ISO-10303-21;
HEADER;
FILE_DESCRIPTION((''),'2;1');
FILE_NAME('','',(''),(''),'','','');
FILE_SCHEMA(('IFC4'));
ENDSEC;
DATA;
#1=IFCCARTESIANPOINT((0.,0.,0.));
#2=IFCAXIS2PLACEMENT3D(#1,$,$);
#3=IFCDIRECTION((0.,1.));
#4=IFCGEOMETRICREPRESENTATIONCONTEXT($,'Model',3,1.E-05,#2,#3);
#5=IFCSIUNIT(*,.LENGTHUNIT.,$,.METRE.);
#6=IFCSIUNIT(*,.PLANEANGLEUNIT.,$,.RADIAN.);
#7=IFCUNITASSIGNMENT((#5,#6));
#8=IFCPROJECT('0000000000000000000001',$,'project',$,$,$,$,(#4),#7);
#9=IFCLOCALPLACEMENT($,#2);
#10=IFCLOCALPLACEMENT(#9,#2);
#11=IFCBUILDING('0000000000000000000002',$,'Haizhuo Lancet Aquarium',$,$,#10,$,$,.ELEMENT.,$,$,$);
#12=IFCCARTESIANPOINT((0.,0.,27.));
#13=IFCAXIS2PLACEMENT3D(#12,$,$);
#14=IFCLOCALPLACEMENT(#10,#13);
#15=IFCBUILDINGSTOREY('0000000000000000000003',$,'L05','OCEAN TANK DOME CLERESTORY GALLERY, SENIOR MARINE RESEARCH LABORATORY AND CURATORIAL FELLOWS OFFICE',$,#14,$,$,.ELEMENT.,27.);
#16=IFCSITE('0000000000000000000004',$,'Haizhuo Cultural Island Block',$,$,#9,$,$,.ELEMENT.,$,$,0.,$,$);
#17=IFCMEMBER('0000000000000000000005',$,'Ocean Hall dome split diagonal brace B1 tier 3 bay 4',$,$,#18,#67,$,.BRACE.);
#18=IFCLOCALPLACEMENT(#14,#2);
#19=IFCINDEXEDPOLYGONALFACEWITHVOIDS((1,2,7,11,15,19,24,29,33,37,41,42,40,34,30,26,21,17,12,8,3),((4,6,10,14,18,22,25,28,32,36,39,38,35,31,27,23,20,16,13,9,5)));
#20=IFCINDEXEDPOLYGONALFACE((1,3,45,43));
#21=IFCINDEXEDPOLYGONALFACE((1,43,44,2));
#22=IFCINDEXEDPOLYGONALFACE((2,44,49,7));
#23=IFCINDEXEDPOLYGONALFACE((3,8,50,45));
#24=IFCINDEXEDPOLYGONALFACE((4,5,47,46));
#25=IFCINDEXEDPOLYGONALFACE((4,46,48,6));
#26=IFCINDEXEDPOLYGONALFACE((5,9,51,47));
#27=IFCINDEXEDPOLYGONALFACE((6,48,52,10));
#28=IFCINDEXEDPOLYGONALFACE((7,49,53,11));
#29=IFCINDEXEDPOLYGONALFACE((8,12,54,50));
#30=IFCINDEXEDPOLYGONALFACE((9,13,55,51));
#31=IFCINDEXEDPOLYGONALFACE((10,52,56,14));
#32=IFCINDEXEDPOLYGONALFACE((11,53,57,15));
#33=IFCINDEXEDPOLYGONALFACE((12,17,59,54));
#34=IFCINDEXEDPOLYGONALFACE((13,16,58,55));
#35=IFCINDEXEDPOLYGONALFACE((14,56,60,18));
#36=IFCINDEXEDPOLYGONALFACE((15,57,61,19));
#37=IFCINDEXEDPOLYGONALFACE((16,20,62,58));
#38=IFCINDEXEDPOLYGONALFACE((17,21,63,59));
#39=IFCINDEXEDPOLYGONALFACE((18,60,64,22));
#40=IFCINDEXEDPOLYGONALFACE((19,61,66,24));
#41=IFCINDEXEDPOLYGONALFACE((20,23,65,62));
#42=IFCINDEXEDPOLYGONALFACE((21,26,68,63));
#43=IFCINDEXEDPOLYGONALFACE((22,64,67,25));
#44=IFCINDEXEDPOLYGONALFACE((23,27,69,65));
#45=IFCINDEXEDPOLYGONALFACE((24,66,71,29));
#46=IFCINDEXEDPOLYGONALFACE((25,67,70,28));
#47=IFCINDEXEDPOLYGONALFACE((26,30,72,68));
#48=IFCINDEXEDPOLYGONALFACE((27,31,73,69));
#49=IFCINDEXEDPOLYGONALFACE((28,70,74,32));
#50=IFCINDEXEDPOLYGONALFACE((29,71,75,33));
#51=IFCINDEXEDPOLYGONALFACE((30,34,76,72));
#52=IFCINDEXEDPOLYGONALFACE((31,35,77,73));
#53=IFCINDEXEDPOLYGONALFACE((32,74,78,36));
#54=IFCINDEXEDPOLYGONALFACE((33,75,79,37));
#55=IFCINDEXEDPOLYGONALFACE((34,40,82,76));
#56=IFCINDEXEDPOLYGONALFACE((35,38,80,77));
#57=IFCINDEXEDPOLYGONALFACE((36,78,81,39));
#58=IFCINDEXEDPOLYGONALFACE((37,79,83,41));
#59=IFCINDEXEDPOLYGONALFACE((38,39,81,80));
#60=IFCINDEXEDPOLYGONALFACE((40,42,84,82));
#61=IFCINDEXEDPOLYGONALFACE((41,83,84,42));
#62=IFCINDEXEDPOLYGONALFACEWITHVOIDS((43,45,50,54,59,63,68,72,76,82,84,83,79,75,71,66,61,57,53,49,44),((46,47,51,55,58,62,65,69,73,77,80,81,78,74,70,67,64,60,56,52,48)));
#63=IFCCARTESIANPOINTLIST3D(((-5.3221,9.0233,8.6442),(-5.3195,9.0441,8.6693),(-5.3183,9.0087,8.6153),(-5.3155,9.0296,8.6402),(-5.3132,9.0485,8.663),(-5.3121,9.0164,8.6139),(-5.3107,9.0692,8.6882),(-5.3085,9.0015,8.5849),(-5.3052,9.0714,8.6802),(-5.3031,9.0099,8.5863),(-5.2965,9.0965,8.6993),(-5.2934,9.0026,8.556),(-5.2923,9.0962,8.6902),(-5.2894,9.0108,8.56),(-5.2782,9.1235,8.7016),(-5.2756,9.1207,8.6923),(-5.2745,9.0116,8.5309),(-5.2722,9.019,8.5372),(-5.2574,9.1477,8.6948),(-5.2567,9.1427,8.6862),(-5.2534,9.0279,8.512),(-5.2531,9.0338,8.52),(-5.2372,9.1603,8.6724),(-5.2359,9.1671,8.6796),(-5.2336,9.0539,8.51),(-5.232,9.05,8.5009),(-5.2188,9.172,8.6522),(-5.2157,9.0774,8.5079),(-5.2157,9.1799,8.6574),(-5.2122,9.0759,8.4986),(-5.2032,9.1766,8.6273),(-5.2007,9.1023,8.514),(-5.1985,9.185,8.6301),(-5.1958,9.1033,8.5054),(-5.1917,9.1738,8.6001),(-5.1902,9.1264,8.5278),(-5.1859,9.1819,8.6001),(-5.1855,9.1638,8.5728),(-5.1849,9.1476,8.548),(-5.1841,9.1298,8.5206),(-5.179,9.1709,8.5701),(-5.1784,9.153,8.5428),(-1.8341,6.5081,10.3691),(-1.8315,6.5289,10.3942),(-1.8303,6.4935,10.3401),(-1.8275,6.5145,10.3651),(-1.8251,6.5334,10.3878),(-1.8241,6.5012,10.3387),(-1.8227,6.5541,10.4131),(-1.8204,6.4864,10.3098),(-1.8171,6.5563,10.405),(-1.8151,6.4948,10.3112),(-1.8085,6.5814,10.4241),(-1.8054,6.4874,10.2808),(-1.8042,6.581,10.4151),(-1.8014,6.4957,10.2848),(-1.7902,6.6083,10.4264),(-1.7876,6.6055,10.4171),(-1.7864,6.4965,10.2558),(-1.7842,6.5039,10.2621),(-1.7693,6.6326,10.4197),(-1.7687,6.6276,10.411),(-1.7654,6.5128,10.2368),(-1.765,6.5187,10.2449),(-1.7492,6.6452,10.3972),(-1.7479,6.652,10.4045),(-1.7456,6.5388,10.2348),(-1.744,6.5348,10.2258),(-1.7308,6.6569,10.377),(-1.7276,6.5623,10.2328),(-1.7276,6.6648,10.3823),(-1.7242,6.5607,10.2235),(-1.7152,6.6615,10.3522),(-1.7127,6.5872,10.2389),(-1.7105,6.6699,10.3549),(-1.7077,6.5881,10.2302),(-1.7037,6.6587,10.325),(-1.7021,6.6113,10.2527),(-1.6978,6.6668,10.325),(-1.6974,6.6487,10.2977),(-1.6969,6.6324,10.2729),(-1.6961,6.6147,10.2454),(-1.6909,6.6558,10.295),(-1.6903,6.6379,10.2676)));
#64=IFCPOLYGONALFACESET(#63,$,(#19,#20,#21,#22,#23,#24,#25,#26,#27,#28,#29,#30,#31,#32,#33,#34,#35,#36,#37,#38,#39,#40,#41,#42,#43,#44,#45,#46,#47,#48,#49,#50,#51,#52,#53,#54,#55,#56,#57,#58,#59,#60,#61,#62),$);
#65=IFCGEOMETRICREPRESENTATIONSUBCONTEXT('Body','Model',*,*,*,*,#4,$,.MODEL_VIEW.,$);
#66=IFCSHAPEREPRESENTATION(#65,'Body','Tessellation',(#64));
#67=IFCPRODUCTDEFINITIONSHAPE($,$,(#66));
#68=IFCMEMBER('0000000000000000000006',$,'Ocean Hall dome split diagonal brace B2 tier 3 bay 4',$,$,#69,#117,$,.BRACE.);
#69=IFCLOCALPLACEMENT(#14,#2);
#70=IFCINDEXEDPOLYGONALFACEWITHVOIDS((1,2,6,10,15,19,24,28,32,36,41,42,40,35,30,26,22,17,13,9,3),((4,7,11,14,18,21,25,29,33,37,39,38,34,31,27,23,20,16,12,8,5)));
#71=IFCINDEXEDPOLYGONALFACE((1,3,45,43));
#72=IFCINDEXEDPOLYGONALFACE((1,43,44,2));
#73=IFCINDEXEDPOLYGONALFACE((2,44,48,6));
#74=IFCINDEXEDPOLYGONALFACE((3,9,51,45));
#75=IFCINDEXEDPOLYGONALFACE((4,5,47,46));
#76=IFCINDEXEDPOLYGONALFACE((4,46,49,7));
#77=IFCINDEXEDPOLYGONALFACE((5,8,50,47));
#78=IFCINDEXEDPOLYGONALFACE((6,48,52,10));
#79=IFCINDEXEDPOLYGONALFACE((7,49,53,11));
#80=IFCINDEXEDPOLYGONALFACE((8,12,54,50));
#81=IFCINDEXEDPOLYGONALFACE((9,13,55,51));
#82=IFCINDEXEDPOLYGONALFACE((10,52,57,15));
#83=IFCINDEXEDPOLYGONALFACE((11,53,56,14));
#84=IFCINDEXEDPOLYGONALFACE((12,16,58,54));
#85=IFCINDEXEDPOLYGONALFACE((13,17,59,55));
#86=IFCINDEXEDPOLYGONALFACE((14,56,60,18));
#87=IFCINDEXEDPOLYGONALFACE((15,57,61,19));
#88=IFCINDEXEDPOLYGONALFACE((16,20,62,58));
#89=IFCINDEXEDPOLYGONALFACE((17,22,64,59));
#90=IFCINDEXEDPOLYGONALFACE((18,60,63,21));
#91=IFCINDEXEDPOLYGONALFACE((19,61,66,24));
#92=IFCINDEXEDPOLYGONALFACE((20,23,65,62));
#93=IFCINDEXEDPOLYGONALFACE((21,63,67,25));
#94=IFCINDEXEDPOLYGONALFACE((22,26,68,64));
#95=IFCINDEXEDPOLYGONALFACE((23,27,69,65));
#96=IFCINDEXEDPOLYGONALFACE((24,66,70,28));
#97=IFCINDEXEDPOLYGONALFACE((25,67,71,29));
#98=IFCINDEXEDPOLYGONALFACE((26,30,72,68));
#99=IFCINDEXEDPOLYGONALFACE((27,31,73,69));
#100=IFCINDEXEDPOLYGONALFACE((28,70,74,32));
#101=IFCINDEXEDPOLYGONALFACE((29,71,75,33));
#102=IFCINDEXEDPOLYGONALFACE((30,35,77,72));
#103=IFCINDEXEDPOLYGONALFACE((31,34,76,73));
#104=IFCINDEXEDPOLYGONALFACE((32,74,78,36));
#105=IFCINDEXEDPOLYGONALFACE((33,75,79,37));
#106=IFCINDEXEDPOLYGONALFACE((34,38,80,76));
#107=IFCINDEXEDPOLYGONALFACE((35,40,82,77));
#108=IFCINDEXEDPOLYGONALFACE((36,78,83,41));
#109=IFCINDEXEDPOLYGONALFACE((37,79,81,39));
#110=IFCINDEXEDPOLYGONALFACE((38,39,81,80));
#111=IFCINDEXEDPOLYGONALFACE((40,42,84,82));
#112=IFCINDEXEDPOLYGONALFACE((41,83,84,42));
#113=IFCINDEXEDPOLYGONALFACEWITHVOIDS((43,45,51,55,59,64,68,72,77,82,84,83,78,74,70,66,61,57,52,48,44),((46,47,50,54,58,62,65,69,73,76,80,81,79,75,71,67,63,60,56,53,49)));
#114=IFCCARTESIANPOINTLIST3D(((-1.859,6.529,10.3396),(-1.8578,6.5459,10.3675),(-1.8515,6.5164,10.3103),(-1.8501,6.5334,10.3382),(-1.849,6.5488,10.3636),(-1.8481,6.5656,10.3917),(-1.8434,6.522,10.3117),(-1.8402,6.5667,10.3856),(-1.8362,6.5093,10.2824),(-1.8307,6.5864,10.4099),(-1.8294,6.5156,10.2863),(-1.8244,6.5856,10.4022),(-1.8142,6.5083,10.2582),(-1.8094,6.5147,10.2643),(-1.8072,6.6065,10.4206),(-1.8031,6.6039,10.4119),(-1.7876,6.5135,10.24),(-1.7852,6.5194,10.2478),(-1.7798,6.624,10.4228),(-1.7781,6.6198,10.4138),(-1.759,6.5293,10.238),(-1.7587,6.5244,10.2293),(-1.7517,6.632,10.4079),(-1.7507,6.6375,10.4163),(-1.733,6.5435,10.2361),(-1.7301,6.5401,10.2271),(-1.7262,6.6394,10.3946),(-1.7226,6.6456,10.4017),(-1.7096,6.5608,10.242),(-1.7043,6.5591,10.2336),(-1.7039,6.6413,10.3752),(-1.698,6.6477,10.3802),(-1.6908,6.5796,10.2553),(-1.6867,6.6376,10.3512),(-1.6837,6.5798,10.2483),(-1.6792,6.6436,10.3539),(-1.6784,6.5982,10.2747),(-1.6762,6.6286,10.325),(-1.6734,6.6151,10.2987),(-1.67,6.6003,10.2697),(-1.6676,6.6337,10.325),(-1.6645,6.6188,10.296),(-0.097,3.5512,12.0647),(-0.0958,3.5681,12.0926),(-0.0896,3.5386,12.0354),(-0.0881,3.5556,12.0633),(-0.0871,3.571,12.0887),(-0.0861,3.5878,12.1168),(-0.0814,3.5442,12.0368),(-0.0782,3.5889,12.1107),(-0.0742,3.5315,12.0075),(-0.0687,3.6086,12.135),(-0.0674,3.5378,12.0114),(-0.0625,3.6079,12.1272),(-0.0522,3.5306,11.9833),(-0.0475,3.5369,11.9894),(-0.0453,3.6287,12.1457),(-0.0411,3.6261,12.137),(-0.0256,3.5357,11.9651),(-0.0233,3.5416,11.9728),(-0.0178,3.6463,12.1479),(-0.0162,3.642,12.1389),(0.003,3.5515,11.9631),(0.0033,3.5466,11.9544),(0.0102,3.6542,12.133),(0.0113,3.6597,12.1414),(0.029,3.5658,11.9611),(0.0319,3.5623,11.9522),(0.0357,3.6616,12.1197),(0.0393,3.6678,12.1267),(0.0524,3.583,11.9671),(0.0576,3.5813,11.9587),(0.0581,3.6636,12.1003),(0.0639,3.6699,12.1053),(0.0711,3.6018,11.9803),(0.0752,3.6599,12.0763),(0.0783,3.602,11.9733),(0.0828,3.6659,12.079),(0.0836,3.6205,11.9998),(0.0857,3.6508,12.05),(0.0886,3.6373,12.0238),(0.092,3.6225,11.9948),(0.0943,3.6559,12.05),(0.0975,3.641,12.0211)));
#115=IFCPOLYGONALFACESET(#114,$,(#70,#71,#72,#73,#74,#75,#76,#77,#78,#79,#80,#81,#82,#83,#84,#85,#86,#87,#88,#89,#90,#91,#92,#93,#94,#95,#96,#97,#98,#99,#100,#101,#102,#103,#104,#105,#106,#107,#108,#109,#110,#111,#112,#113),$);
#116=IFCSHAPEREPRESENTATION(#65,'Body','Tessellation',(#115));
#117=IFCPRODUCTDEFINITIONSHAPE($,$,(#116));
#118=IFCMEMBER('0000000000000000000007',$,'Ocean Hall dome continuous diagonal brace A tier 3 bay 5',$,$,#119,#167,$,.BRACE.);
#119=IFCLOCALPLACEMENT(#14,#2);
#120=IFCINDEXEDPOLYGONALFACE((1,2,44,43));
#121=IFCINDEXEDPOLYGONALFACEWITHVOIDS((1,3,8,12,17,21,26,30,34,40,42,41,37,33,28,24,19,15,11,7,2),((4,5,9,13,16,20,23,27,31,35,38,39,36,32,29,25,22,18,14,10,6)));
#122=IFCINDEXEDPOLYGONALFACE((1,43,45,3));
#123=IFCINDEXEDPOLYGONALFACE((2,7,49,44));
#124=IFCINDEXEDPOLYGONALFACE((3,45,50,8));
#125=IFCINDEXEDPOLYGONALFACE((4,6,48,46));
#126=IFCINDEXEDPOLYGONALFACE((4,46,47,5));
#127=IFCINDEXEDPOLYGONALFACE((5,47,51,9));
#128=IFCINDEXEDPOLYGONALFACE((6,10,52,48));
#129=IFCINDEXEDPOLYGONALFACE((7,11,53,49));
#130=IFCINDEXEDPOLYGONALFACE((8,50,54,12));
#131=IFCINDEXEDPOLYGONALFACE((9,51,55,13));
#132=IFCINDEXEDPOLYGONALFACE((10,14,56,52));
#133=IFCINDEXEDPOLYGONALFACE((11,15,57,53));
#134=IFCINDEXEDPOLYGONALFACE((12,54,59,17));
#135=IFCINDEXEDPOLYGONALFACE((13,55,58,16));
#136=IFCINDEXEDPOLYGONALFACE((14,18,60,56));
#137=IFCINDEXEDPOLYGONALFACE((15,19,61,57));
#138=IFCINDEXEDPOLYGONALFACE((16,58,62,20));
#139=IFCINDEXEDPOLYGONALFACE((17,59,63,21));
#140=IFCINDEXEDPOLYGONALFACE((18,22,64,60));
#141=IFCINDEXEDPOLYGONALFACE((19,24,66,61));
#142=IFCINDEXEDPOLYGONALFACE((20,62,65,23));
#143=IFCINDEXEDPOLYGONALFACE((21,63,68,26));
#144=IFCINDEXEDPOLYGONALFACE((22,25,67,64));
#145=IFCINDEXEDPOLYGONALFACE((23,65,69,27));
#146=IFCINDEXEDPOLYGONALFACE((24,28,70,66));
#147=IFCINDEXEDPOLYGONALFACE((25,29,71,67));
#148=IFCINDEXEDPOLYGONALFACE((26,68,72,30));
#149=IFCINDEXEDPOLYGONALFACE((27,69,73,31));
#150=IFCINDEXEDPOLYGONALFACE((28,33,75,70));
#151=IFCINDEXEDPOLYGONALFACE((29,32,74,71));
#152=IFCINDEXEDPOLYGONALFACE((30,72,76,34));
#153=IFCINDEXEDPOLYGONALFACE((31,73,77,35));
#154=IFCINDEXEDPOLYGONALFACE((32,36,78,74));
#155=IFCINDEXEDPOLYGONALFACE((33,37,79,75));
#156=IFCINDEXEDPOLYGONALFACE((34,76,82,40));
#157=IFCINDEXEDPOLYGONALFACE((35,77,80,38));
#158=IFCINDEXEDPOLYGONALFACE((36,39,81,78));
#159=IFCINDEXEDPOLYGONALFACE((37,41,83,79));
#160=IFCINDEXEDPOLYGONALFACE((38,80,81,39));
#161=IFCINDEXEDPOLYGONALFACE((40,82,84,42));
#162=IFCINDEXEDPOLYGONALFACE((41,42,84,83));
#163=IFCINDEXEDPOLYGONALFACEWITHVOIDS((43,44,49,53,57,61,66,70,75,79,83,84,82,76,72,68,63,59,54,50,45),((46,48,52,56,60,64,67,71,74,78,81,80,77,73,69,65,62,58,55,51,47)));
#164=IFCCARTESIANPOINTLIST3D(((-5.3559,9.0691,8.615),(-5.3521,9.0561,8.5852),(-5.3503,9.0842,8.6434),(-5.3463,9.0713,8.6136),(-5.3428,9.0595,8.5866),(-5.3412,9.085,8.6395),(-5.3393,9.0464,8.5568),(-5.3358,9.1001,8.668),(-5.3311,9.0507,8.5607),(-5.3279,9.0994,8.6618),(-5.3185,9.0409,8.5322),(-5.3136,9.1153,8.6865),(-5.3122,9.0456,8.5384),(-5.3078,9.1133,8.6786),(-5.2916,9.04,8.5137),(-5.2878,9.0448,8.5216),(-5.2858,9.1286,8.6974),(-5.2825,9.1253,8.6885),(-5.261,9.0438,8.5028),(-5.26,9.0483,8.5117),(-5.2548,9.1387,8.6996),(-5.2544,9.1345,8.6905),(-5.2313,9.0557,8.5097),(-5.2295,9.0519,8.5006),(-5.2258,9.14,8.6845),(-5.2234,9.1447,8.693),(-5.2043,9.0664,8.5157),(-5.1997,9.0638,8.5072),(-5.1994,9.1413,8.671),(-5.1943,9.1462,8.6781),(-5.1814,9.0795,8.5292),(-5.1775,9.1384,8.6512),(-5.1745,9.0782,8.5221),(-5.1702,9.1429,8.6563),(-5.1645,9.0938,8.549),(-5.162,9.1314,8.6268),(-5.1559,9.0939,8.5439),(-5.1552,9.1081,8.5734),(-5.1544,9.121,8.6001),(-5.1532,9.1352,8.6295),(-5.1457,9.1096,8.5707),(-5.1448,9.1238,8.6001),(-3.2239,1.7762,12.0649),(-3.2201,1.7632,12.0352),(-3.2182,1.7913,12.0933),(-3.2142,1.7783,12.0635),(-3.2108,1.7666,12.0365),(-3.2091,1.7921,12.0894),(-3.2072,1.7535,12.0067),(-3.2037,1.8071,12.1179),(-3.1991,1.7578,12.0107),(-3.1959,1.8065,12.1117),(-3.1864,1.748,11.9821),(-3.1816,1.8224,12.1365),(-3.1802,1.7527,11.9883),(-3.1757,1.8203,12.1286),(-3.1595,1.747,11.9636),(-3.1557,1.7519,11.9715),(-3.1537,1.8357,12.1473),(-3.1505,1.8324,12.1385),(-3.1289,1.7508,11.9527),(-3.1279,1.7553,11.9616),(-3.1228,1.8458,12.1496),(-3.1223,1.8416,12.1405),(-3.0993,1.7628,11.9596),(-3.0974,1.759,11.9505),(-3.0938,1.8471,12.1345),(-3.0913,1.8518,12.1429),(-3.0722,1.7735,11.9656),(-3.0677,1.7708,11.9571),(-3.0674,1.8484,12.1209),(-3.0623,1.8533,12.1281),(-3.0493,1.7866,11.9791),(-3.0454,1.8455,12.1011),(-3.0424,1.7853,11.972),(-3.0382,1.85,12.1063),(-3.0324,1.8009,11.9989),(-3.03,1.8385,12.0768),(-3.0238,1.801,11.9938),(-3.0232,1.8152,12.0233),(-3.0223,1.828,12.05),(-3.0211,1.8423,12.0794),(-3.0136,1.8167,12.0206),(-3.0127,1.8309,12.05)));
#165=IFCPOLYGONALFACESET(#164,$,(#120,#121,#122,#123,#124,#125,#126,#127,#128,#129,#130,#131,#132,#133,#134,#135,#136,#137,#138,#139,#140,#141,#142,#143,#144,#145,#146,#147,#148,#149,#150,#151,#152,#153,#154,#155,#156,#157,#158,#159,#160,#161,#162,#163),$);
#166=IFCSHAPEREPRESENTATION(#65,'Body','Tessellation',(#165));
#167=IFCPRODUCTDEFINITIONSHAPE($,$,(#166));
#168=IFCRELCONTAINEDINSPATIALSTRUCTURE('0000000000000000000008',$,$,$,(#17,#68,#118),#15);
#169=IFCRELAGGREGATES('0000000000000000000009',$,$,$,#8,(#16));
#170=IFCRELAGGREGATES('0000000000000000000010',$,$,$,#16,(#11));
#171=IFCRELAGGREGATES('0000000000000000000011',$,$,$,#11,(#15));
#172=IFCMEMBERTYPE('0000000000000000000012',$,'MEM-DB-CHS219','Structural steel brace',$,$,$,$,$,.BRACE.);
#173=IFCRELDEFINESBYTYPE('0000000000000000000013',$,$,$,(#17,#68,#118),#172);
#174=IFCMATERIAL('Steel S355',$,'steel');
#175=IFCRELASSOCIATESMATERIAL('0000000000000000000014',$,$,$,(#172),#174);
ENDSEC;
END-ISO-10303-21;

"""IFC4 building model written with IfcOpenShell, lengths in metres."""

from ifc_helpers import new_model, si_unit, direction, frame, origin, origin_2d, place, context, subcontext, project, spatial, hollow_circle, extrude, material, material_profile, profile_set, type_object, element, save


model = new_model("IFC4")

# Units and contexts
model_context = context("Model", 3, precision=1e-05, world=origin(), true_north=direction((0.0, 1.0)))
body_context = subcontext(model_context, "Body", "Model", "MODEL_VIEW")
ifc_project = project(units=[si_unit("LENGTHUNIT", "METRE"), si_unit("PLANEANGLEUNIT", "RADIAN")], contexts=[model_context])

# Site, building, storey
site_placement = place(None, origin())
site = spatial("IfcSite", under=ifc_project, at=site_placement, Name="Haizhuo Cultural Island Block", CompositionType="ELEMENT", RefElevation=0.0)
building_placement = place(site_placement, origin())
building = spatial("IfcBuilding", under=site, at=building_placement, Name="Haizhuo Lancet Aquarium", CompositionType="ELEMENT")
storey_placement = place(building_placement, frame((0.0, 0.0, 27.0)))
storey = spatial("IfcBuildingStorey", under=building, at=storey_placement, Name="L05", Description="OCEAN TANK DOME CLERESTORY GALLERY, SENIOR MARINE RESEARCH LABORATORY AND CURATORIAL FELLOWS OFFICE", CompositionType="ELEMENT", Elevation=27.0)

# Members
ifc_material_1 = material(Name="Steel S355", Category="steel")
ifc_material_profile_1 = material_profile(ifc_material_1, hollow_circle(Radius=0.1096, WallThickness=0.01, at=origin_2d()), Name="CHS 219x10")
ifc_profile_set_1 = profile_set([ifc_material_profile_1], Name="Steel S355")
member_type_1 = type_object("IfcMemberType", Name="MEM-DB-CHS219", Description="Structural steel brace", PredefinedType="BRACE", material=ifc_profile_set_1)
member_1_placement = place(storey_placement, frame((-5.25, 9.093, 8.6001), z_axis=(0.75282, -0.54284, 0.372274), x_axis=(0.584879, 0.811121, 0.0)))
element("IfcMember", 1, at=member_1_placement, inside=storey, type_object=member_type_1, Name="Ocean Hall dome split diagonal brace B1 tier 3 bay 4", PredefinedType="BRACE", context=body_context, shape_type="SweptSolid", body=[
    extrude(hollow_circle(Radius=0.1096, WallThickness=0.01, at=origin_2d()), origin(), (0.0, 0.0, 1.0), 4.6333),
])
member_2_placement = place(storey_placement, frame((-1.762, 6.5779, 10.325), z_axis=(0.455733, -0.770205, 0.446197), x_axis=(0.860627, 0.509236, 0.0)))
element("IfcMember", 2, at=member_2_placement, inside=storey, type_object=member_type_1, Name="Ocean Hall dome split diagonal brace B2 tier 3 bay 4", PredefinedType="BRACE", context=body_context, shape_type="SweptSolid", body=[
    extrude(hollow_circle(Radius=0.1096, WallThickness=0.01, at=origin_2d()), origin(), (0.0, 0.0, 1.0), 3.8662),
])
member_3_placement = place(storey_placement, frame((-5.25, 9.093, 8.6001), z_axis=(0.255499, -0.873956, 0.413426), x_axis=(0.959824, 0.280602, 0.0)))
element("IfcMember", 3, at=member_3_placement, inside=storey, type_object=member_type_1, Name="Ocean Hall dome continuous diagonal brace A tier 3 bay 5", PredefinedType="BRACE", context=body_context, shape_type="SweptSolid", body=[
    extrude(hollow_circle(Radius=0.1096, WallThickness=0.01, at=origin_2d()), origin(), (0.0, 0.0, 1.0), 8.3447),
])

save(model, "model.ifc")
